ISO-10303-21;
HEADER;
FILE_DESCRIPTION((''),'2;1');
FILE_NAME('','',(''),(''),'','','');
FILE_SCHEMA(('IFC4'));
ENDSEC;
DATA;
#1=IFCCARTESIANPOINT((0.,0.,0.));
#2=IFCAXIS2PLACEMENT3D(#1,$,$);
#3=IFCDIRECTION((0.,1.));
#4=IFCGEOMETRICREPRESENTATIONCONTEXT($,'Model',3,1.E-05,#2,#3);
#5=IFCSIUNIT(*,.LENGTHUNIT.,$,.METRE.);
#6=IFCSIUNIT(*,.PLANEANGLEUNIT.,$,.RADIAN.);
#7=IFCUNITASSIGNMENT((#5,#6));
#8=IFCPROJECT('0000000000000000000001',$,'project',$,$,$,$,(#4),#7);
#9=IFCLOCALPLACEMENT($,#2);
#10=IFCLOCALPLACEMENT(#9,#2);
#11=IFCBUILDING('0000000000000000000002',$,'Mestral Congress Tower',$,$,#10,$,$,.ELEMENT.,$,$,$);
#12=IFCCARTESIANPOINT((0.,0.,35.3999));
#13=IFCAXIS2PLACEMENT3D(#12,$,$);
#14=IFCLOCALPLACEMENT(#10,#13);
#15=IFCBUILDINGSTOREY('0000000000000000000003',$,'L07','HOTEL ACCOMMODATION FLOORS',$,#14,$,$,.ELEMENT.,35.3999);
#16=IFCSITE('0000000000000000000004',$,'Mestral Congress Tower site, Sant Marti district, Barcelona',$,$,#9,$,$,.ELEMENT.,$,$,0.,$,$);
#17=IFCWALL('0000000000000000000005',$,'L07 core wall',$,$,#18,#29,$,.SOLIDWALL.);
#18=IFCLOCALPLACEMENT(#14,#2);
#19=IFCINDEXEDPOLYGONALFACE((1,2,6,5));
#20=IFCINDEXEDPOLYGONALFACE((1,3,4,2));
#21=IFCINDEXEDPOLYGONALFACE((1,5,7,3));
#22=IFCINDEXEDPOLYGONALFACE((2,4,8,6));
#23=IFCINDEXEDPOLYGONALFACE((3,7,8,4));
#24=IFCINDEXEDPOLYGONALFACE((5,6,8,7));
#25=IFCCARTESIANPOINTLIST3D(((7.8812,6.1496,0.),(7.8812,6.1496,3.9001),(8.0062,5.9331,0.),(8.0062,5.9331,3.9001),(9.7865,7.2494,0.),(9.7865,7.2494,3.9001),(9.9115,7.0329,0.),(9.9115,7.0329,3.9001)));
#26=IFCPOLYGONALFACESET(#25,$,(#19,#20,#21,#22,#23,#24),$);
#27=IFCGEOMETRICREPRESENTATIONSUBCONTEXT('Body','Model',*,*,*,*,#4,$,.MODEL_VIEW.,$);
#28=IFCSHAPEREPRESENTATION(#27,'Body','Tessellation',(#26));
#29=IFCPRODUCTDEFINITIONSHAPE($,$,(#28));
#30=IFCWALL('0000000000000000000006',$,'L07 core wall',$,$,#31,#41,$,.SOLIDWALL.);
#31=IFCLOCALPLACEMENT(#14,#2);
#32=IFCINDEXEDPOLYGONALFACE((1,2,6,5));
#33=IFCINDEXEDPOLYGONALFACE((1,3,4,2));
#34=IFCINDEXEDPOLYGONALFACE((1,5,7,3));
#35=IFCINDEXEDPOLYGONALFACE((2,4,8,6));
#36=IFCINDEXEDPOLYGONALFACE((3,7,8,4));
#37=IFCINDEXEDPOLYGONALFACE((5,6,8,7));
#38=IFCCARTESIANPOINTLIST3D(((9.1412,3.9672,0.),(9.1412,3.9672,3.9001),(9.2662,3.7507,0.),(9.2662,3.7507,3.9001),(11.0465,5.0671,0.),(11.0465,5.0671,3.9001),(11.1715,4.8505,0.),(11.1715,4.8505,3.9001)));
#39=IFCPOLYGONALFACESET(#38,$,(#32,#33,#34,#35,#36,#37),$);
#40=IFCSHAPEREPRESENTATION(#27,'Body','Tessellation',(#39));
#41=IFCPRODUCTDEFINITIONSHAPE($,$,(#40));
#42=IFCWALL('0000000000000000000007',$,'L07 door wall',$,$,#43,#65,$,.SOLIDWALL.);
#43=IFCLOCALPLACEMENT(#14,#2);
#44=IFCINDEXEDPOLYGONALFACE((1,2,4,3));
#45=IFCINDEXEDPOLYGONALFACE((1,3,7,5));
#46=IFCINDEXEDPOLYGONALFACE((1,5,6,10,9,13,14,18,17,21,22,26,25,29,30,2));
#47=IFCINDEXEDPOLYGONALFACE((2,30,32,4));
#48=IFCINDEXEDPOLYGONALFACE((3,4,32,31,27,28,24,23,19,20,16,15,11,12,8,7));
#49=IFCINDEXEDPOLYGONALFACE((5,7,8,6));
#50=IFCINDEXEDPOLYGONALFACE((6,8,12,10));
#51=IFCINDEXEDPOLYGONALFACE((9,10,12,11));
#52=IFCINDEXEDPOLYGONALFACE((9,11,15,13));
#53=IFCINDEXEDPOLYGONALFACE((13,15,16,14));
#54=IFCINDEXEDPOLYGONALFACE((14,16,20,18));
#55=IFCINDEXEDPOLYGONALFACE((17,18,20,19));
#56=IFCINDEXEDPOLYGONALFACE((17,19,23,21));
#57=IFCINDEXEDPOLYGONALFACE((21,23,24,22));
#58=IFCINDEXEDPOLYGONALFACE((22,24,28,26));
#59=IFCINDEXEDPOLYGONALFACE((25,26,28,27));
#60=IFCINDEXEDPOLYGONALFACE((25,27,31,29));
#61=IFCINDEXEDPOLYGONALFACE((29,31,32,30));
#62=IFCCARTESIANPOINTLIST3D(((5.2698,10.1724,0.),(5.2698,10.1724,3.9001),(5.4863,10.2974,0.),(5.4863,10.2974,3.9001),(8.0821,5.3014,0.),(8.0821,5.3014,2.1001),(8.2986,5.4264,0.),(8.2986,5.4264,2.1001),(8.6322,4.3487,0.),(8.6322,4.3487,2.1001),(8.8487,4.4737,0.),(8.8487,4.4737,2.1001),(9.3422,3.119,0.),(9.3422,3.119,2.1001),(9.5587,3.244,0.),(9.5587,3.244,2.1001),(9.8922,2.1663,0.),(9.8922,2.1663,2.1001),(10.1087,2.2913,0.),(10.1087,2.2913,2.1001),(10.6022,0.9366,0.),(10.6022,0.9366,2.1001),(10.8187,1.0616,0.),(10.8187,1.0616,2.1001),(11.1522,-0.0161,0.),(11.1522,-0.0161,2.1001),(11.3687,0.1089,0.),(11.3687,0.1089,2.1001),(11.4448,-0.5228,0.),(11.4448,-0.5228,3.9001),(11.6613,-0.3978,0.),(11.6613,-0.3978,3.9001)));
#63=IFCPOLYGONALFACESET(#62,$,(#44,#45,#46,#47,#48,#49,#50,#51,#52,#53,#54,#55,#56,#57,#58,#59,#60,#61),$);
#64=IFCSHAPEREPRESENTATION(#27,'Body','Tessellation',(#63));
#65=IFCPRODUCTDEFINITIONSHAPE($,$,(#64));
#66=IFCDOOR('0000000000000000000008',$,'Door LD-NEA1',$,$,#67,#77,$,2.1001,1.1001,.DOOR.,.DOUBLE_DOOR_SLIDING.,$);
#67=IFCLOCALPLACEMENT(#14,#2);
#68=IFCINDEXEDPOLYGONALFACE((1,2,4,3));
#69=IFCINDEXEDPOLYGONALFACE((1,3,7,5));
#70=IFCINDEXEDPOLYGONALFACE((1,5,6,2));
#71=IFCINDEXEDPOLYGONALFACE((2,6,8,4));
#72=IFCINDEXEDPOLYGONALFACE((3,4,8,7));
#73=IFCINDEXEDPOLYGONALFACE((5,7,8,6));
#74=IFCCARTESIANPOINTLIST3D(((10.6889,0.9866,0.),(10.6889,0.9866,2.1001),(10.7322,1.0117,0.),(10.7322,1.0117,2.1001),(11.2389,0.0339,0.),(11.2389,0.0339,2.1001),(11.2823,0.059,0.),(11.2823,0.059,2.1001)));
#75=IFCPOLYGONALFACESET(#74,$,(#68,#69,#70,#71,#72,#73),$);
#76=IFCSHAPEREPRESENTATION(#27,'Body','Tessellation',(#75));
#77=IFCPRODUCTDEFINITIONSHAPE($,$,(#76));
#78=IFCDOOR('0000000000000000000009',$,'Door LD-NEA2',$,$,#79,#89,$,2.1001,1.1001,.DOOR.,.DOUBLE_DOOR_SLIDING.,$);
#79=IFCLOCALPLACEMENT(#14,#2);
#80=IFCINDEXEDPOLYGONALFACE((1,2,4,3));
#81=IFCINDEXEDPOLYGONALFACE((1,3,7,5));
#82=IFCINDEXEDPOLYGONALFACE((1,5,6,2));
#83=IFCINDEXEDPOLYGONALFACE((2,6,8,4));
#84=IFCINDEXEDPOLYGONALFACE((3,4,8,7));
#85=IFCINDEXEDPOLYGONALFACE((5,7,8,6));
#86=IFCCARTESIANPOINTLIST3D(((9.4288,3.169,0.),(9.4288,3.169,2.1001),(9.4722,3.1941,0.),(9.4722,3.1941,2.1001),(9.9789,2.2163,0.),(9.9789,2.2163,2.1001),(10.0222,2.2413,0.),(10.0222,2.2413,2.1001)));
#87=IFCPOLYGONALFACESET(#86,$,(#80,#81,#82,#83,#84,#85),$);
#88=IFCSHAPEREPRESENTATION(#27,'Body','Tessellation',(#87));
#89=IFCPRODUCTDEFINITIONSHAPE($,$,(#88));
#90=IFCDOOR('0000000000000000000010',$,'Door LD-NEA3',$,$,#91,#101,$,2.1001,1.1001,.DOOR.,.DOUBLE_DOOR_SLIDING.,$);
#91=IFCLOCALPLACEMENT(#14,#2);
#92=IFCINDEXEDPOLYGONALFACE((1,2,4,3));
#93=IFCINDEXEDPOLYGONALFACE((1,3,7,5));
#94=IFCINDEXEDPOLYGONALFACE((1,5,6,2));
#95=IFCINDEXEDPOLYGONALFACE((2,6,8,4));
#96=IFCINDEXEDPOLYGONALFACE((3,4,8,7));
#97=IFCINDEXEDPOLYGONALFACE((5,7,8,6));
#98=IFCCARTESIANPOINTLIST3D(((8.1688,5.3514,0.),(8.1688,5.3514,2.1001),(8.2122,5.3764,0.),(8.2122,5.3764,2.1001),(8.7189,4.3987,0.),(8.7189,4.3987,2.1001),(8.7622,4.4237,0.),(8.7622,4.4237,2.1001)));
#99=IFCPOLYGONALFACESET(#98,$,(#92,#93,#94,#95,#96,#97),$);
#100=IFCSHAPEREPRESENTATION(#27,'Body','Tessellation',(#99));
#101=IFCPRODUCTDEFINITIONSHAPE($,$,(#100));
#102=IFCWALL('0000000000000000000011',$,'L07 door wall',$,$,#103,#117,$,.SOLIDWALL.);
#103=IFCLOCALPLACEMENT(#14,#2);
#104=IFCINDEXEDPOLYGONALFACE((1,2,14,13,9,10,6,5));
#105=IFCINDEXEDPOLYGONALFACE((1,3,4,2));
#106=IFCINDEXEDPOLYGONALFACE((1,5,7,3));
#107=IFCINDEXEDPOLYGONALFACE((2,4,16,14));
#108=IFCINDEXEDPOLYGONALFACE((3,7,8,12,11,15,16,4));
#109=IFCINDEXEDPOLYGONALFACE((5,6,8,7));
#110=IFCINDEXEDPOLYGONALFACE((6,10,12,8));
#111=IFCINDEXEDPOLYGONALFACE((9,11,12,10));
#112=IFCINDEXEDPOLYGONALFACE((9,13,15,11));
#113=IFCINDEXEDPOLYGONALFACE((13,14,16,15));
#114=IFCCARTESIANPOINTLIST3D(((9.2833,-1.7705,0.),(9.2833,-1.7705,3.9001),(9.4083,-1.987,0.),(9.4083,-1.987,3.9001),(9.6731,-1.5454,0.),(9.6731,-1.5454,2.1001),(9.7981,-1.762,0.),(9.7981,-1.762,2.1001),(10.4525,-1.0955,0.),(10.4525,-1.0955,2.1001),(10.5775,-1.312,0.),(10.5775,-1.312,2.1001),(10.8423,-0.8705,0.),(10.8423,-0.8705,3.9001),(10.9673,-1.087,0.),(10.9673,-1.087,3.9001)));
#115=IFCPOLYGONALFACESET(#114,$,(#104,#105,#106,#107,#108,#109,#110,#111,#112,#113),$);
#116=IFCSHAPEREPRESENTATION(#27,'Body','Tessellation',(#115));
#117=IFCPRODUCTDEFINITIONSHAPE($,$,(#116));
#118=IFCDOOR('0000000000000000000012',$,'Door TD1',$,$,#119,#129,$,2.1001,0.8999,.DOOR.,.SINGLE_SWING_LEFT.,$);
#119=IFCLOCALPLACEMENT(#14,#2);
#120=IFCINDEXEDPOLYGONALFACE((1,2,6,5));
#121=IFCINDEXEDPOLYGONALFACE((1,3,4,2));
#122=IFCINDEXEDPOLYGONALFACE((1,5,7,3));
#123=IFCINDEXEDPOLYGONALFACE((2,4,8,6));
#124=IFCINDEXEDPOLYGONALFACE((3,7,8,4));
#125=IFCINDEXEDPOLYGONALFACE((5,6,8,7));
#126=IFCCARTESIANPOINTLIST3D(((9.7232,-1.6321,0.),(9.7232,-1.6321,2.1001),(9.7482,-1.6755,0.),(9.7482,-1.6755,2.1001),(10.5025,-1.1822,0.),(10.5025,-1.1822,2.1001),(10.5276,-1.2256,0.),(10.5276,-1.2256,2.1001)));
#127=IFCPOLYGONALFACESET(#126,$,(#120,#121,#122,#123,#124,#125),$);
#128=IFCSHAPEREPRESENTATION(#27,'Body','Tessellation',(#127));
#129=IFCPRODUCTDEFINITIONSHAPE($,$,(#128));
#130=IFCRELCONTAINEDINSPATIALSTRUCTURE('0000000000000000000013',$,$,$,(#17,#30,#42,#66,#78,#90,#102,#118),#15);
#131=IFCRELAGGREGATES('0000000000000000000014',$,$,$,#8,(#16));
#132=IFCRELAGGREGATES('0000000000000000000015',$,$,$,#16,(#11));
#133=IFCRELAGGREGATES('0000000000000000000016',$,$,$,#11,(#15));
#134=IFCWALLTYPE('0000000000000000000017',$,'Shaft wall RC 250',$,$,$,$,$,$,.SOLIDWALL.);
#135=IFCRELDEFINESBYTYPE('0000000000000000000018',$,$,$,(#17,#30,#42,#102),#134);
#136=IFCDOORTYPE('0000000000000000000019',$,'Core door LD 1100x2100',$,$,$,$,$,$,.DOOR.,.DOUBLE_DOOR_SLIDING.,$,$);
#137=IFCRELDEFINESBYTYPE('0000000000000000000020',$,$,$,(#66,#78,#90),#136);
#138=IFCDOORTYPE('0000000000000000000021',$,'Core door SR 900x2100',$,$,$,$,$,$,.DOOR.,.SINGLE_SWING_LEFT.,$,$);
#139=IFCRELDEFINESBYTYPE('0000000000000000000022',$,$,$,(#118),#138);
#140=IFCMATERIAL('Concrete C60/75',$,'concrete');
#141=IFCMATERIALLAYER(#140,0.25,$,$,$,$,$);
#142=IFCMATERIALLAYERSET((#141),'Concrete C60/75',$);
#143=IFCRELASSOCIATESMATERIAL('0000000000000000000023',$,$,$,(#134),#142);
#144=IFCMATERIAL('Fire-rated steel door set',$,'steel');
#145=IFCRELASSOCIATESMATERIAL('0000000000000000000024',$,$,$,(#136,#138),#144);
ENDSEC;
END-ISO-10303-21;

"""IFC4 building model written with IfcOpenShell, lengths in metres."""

from ifc_helpers import new_model, si_unit, direction, frame, frame_2d, origin, place, context, subcontext, project, spatial, rectangle, extrude, material, layer, layer_set, type_object, element, fill, save


model = new_model("IFC4")

# Units and contexts
model_context = context("Model", 3, precision=1e-05, world=origin(), true_north=direction((0.0, 1.0)))
body_context = subcontext(model_context, "Body", "Model", "MODEL_VIEW")
ifc_project = project(units=[si_unit("LENGTHUNIT", "METRE"), si_unit("PLANEANGLEUNIT", "RADIAN")], contexts=[model_context])

# Site, building, storey
site_placement = place(None, origin())
site = spatial("IfcSite", under=ifc_project, at=site_placement, Name="Mestral Congress Tower site, Sant Marti district, Barcelona", CompositionType="ELEMENT", RefElevation=0.0)
building_placement = place(site_placement, origin())
building = spatial("IfcBuilding", under=site, at=building_placement, Name="Mestral Congress Tower", CompositionType="ELEMENT")
storey_placement = place(building_placement, frame((0.0, 0.0, 35.3999)))
storey = spatial("IfcBuildingStorey", under=building, at=storey_placement, Name="L07", Description="HOTEL ACCOMMODATION FLOORS", CompositionType="ELEMENT", Elevation=35.3999)

# Shared definitions
ifc_material_1 = material(Name="Fire-rated steel door set", Category="steel")

# Walls
ifc_material_2 = material(Name="Concrete C60/75", Category="concrete")
ifc_layer_1 = layer(ifc_material_2, 0.25)
ifc_layer_set_1 = layer_set([ifc_layer_1], Name="Concrete C60/75")
wall_type_1 = type_object("IfcWallType", Name="Shaft wall RC 250", PredefinedType="SOLIDWALL", material=ifc_layer_set_1)
for number, where, z_axis, x_axis, name in (
    (1, (7.9436, 6.0413, 0.0), (0.0, 0.0, 1.0), (0.866056, 0.499947, 0.0), "L07 core wall"),
    (2, (9.2036, 3.8589, 0.0), (0.0, 0.0, 1.0), (0.866056, 0.499947, 0.0), "L07 core wall"),
):
    element("IfcWall", number, at=place(storey_placement, frame(where, z_axis=z_axis, x_axis=x_axis)), inside=storey, type_object=wall_type_1, Name=name, PredefinedType="SOLIDWALL", context=body_context, shape_type="SweptSolid", body=[
        extrude(rectangle(XDim=2.2, YDim=0.25, at=frame_2d((1.1001, 0.0))), origin(), (0.0, 0.0, 1.0), 3.9001),
    ])

# Wall, openings, doors
wall_1_placement = place(storey_placement, frame((11.553, -0.4602, 0.0), z_axis=(0.0, 0.0, 1.0), x_axis=(-0.500007, 0.866022, 0.0)))
wall_1 = element("IfcWall", 3, at=wall_1_placement, inside=storey, type_object=wall_type_1, Name="L07 door wall", PredefinedType="SOLIDWALL", context=body_context, shape_type="SweptSolid", body=[
    extrude(rectangle(XDim=12.3499, YDim=0.25, at=frame_2d((6.1748, 0.0))), origin(), (0.0, 0.0, 1.0), 3.9001),
])
opening_1_placement = place(wall_1_placement, frame((0.585, 0.0, 0.0)))
opening_1 = element("IfcOpeningElement", 4, at=opening_1_placement, cuts=wall_1, PredefinedType="OPENING", context=body_context, shape_type="SweptSolid", body=[
    extrude(rectangle(XDim=1.1001, YDim=2.1001, at=frame_2d((0.55, 1.05))), frame((0.0, 0.135, 0.0), z_axis=(0.0, -1.0, 0.0), x_axis=(1.0, 0.0, 0.0)), (0.0, 0.0, 1.0), 0.27),
])
opening_2_placement = place(wall_1_placement, frame((3.105, 0.0, 0.0)))
opening_2 = element("IfcOpeningElement", 5, at=opening_2_placement, cuts=wall_1, PredefinedType="OPENING", context=body_context, shape_type="SweptSolid", body=[
    extrude(rectangle(XDim=1.1001, YDim=2.1001, at=frame_2d((0.55, 1.05))), frame((0.0, 0.135, 0.0), z_axis=(0.0, -1.0, 0.0), x_axis=(1.0, 0.0, 0.0)), (0.0, 0.0, 1.0), 0.27),
])
opening_3_placement = place(wall_1_placement, frame((5.625, 0.0, 0.0)))
opening_3 = element("IfcOpeningElement", 6, at=opening_3_placement, cuts=wall_1, PredefinedType="OPENING", context=body_context, shape_type="SweptSolid", body=[
    extrude(rectangle(XDim=1.1001, YDim=2.1001, at=frame_2d((0.55, 1.05))), frame((0.0, 0.135, 0.0), z_axis=(0.0, -1.0, 0.0), x_axis=(1.0, 0.0, 0.0)), (0.0, 0.0, 1.0), 0.27),
])
door_type_1 = type_object("IfcDoorType", Name="Core door LD 1100x2100", OperationType="DOUBLE_DOOR_SLIDING", PredefinedType="DOOR", material=ifc_material_1)
door_1_placement = place(opening_1_placement, origin())
door_1 = element("IfcDoor", 7, at=door_1_placement, inside=storey, type_object=door_type_1, Name="Door LD-NEA1", OperationType="DOUBLE_DOOR_SLIDING", OverallHeight=2.1001, OverallWidth=1.1001, PredefinedType="DOOR", context=body_context, shape_type="SweptSolid", body=[
    extrude(rectangle(XDim=1.1001, YDim=2.1001, at=frame_2d((0.55, 1.05))), frame((0.0, 0.0249, 0.0), z_axis=(0.0, -1.0, 0.0), x_axis=(1.0, 0.0, 0.0)), (0.0, 0.0, 1.0), 0.05),
])
fill(opening_1, door_1)
door_2_placement = place(opening_2_placement, origin())
door_2 = element("IfcDoor", 8, at=door_2_placement, inside=storey, type_object=door_type_1, Name="Door LD-NEA2", OperationType="DOUBLE_DOOR_SLIDING", OverallHeight=2.1001, OverallWidth=1.1001, PredefinedType="DOOR", context=body_context, shape_type="SweptSolid", body=[
    extrude(rectangle(XDim=1.1001, YDim=2.1001, at=frame_2d((0.55, 1.05))), frame((0.0, 0.0249, 0.0), z_axis=(0.0, -1.0, 0.0), x_axis=(1.0, 0.0, 0.0)), (0.0, 0.0, 1.0), 0.05),
])
fill(opening_2, door_2)
door_3_placement = place(opening_3_placement, origin())
door_3 = element("IfcDoor", 9, at=door_3_placement, inside=storey, type_object=door_type_1, Name="Door LD-NEA3", OperationType="DOUBLE_DOOR_SLIDING", OverallHeight=2.1001, OverallWidth=1.1001, PredefinedType="DOOR", context=body_context, shape_type="SweptSolid", body=[
    extrude(rectangle(XDim=1.1001, YDim=2.1001, at=frame_2d((0.55, 1.05))), frame((0.0, 0.0249, 0.0), z_axis=(0.0, -1.0, 0.0), x_axis=(1.0, 0.0, 0.0)), (0.0, 0.0, 1.0), 0.05),
])
fill(opening_3, door_3)

# Wall, opening, door
wall_2_placement = place(storey_placement, frame((9.3459, -1.8787, 0.0), z_axis=(0.0, 0.0, 1.0), x_axis=(0.866048, 0.499961, 0.0)))
wall_2 = element("IfcWall", 10, at=wall_2_placement, inside=storey, type_object=wall_type_1, Name="L07 door wall", PredefinedType="SOLIDWALL", context=body_context, shape_type="SweptSolid", body=[
    extrude(rectangle(XDim=1.8, YDim=0.25, at=frame_2d((0.8999, 0.0))), origin(), (0.0, 0.0, 1.0), 3.9001),
])
opening_4_placement = place(wall_2_placement, frame((0.45, 0.0, 0.0)))
opening_4 = element("IfcOpeningElement", 11, at=opening_4_placement, cuts=wall_2, PredefinedType="OPENING", context=body_context, shape_type="SweptSolid", body=[
    extrude(rectangle(XDim=0.8999, YDim=2.1001, at=frame_2d((0.45, 1.05))), frame((0.0, 0.135, 0.0), z_axis=(0.0, -1.0, 0.0), x_axis=(1.0, 0.0, 0.0)), (0.0, 0.0, 1.0), 0.27),
])
door_type_2 = type_object("IfcDoorType", Name="Core door SR 900x2100", OperationType="SINGLE_SWING_LEFT", PredefinedType="DOOR", material=ifc_material_1)
door_4_placement = place(opening_4_placement, origin())
door_4 = element("IfcDoor", 12, at=door_4_placement, inside=storey, type_object=door_type_2, Name="Door TD1", OperationType="SINGLE_SWING_LEFT", OverallHeight=2.1001, OverallWidth=0.8999, PredefinedType="DOOR", context=body_context, shape_type="SweptSolid", body=[
    extrude(rectangle(XDim=0.8999, YDim=2.1001, at=frame_2d((0.45, 1.05))), frame((0.0, 0.0249, 0.0), z_axis=(0.0, -1.0, 0.0), x_axis=(1.0, 0.0, 0.0)), (0.0, 0.0, 1.0), 0.05),
])
fill(opening_4, door_4)

save(model, "model.ifc")
